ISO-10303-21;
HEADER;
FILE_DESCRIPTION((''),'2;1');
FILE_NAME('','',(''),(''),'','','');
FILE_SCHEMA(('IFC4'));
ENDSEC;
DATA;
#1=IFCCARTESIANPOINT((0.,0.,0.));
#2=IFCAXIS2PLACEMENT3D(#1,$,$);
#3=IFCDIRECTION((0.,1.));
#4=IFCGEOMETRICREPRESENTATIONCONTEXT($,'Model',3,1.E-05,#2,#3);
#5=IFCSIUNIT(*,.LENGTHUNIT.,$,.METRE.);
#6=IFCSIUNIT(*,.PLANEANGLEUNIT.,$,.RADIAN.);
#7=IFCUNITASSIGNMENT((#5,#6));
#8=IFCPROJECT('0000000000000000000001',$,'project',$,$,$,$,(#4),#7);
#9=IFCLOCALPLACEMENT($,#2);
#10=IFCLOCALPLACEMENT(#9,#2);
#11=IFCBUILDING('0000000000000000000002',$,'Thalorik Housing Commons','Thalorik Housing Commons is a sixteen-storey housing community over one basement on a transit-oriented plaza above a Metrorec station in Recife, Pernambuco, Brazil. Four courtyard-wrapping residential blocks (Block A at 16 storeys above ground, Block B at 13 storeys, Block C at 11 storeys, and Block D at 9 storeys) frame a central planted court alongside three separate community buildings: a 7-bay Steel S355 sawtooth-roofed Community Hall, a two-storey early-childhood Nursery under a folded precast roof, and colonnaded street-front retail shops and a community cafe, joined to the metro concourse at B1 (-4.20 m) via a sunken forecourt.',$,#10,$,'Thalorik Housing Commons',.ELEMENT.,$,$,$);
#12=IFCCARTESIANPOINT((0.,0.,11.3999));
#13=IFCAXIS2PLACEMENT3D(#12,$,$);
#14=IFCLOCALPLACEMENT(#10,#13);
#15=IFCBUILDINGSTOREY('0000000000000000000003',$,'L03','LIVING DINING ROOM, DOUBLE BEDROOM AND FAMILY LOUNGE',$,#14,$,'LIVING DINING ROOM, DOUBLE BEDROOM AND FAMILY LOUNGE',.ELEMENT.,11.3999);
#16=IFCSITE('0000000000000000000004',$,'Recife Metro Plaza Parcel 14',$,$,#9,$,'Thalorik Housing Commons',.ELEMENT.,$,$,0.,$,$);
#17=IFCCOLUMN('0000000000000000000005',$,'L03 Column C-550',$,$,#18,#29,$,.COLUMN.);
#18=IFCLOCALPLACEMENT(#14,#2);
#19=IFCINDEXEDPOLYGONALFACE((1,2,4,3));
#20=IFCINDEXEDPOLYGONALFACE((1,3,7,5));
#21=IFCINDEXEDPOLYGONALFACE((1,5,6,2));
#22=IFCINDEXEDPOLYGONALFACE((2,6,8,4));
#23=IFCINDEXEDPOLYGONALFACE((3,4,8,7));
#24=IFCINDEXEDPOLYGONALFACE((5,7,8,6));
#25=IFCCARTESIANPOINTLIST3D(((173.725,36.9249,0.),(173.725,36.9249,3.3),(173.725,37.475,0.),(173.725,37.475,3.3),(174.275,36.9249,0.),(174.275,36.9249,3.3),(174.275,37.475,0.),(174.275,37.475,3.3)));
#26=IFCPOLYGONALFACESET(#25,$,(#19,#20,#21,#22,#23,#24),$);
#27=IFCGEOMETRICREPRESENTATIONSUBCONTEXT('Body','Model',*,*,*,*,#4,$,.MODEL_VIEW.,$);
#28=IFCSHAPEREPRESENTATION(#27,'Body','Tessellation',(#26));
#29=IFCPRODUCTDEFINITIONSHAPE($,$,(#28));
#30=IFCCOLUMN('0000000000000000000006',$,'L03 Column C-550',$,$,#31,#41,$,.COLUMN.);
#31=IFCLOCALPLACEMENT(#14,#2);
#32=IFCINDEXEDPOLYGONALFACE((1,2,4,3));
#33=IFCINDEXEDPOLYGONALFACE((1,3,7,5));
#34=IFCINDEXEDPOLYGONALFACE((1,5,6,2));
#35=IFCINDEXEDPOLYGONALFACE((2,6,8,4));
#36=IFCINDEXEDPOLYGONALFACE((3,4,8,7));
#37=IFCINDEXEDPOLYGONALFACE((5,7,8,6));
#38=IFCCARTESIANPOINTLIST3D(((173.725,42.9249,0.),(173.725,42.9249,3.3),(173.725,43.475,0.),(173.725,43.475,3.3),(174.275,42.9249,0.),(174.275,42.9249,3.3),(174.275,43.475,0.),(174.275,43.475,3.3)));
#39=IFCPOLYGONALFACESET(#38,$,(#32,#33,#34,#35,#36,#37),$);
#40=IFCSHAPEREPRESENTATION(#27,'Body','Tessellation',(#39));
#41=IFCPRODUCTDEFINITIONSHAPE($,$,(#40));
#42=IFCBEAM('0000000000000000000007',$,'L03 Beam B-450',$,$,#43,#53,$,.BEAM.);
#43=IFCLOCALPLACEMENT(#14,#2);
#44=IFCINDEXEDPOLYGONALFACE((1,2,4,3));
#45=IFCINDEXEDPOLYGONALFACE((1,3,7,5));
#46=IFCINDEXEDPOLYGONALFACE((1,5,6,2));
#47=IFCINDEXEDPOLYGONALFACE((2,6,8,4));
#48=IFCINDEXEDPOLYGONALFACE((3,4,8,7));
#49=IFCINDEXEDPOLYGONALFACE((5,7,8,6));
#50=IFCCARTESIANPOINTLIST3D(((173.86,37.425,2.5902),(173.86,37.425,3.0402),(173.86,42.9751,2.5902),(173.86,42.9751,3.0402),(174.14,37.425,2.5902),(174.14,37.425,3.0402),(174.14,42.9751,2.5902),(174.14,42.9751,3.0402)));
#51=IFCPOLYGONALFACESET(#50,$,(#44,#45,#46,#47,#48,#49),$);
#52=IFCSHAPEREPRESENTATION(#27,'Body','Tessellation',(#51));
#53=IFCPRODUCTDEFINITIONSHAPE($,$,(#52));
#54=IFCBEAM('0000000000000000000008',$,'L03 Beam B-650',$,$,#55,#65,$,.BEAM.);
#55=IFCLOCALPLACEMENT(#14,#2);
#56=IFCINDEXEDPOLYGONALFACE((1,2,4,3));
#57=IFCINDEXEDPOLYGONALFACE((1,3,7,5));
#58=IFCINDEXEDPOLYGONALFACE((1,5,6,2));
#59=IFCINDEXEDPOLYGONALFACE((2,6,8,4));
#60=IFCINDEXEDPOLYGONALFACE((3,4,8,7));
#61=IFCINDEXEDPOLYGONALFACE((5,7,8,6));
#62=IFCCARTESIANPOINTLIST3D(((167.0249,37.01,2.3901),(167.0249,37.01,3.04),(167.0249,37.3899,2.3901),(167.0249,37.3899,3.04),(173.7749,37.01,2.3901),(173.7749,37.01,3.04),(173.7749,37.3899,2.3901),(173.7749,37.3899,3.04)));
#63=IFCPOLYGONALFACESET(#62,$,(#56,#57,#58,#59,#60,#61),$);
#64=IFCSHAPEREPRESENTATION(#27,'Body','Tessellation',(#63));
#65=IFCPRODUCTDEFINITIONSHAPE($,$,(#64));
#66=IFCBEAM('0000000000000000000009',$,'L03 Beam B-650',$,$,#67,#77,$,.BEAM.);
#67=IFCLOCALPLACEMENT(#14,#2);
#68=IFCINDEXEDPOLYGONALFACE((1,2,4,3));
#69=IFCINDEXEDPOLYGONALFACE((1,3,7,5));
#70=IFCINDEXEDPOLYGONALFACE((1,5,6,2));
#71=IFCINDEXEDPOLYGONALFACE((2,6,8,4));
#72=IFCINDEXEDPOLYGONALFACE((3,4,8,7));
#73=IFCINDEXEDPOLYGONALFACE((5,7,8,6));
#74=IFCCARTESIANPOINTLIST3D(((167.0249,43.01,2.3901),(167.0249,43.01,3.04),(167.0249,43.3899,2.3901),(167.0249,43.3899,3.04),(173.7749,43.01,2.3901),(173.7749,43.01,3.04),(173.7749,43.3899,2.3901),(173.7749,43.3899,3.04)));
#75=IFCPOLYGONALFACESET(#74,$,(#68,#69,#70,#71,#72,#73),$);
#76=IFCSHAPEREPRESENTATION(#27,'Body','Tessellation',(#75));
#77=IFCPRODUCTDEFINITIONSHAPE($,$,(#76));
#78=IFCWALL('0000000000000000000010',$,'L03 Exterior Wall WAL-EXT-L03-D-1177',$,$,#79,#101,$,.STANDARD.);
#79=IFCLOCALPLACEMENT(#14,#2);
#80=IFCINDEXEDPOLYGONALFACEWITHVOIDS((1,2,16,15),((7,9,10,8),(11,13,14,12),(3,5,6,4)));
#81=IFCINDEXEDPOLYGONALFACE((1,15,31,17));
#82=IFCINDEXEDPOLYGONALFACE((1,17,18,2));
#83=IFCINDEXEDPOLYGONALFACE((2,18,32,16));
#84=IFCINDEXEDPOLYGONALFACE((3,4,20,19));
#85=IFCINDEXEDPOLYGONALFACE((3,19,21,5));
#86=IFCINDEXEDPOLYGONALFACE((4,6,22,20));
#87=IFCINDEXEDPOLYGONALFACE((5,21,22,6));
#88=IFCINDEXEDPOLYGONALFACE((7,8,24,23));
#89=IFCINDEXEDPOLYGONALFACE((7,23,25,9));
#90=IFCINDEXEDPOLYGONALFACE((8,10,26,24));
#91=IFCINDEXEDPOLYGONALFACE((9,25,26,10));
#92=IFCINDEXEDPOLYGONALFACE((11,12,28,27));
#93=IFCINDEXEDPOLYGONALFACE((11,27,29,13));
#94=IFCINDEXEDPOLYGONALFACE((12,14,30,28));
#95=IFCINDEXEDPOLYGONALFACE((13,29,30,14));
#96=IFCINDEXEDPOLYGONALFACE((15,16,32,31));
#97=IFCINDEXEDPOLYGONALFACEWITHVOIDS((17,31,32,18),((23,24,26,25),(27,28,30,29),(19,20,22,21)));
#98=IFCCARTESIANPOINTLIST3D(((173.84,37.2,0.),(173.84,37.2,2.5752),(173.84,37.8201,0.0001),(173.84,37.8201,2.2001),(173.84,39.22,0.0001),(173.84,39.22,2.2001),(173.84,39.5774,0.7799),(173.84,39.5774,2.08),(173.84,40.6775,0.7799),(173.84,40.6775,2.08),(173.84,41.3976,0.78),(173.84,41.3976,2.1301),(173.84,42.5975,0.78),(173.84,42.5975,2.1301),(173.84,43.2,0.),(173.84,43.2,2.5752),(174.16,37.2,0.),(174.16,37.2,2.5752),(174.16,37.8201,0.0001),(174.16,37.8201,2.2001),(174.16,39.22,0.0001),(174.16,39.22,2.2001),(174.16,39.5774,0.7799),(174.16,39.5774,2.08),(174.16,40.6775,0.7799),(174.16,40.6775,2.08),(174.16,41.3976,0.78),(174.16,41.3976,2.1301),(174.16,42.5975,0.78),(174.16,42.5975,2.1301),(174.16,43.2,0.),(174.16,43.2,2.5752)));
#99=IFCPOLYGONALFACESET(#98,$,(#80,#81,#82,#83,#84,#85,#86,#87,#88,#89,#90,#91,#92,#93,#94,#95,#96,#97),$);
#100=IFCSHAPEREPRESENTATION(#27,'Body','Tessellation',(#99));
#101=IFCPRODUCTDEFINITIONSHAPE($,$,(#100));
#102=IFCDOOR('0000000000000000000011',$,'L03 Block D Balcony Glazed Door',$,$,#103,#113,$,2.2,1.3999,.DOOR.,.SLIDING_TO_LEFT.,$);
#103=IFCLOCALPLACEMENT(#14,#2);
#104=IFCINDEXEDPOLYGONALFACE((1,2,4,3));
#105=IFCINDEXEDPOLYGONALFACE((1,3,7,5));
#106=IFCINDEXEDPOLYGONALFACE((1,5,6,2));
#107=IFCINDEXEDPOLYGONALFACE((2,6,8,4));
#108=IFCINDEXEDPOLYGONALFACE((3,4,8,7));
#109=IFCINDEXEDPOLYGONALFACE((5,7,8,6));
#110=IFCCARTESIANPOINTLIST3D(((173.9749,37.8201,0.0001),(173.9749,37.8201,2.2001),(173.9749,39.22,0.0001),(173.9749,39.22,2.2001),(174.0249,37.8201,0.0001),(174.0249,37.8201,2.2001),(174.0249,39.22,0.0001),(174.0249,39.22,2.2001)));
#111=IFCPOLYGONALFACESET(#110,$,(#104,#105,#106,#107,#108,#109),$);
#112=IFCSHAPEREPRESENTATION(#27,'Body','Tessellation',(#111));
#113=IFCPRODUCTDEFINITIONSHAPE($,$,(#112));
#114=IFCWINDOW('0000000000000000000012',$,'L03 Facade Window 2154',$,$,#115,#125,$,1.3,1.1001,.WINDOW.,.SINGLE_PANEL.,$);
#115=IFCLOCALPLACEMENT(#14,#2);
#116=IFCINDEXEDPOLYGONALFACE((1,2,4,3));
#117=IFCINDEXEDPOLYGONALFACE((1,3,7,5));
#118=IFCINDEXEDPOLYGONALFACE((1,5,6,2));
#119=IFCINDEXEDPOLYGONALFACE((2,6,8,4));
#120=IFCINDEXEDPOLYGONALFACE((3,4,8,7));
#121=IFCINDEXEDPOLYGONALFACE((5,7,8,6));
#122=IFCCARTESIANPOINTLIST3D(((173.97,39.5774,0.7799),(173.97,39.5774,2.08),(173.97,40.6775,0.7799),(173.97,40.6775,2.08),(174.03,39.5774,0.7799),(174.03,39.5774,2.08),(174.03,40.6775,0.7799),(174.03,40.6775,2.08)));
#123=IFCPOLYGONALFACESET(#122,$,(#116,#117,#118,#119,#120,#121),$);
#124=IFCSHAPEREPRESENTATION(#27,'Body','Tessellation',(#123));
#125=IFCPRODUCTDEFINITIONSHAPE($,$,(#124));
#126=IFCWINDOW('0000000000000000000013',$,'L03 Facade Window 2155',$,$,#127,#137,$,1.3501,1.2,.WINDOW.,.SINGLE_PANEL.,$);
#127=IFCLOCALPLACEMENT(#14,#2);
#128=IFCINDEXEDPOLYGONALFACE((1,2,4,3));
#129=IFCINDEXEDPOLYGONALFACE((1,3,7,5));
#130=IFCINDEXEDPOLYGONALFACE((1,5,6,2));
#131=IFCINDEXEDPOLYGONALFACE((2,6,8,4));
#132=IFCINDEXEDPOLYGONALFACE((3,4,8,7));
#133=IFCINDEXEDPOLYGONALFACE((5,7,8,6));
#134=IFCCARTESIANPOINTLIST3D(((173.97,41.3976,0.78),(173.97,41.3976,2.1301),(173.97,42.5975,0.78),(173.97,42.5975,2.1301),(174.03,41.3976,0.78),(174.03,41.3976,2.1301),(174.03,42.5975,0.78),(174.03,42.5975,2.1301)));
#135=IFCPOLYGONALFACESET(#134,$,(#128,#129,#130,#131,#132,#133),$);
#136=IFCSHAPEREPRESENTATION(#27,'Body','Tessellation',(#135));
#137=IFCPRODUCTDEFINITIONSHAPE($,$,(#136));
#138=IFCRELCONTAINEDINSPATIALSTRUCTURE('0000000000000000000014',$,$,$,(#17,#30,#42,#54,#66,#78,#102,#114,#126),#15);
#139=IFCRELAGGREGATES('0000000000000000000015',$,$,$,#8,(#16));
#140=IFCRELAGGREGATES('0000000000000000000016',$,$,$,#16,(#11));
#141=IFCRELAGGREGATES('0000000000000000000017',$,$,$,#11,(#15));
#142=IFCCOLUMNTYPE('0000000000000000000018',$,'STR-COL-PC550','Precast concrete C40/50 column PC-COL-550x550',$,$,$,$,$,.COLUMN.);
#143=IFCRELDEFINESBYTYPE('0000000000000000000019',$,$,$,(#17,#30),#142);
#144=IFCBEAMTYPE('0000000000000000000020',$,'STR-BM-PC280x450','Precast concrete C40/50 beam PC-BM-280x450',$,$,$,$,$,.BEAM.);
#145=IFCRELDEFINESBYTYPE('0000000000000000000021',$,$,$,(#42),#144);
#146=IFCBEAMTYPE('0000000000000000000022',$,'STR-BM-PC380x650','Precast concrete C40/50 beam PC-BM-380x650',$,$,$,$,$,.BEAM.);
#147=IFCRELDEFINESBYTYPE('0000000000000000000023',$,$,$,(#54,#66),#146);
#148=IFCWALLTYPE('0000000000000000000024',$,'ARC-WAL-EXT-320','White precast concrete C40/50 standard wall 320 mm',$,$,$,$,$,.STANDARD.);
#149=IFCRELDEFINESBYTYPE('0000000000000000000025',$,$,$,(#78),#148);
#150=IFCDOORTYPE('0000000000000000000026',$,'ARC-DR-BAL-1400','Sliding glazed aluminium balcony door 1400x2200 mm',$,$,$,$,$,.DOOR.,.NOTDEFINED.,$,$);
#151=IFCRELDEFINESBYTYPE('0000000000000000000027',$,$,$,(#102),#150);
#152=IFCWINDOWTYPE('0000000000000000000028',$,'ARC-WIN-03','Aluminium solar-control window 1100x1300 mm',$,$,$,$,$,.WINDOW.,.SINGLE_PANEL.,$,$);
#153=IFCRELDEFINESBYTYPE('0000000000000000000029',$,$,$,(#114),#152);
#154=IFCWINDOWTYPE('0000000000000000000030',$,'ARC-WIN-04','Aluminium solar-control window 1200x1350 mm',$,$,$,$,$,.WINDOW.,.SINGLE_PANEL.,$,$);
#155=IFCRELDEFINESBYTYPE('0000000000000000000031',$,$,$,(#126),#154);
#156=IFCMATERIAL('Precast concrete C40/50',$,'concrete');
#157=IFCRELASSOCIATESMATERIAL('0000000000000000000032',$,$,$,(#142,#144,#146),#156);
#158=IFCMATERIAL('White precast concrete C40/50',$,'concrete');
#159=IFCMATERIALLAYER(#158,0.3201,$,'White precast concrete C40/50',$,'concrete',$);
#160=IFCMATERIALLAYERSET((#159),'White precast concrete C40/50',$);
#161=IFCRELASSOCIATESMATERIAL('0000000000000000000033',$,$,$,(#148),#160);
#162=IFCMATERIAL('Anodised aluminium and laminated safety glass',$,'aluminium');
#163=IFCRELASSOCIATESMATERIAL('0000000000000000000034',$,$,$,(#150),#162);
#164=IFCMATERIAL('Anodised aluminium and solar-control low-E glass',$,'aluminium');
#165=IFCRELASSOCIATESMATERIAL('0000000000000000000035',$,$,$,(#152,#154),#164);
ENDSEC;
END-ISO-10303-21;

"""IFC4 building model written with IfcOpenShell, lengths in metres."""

from ifc_helpers import new_model, si_unit, direction, frame, frame_2d, origin, origin_2d, place, context, subcontext, project, spatial, rectangle, extrude, material, layer, layer_set, material_profile, profile_set, type_object, element, fill, save


model = new_model("IFC4")

# Units and contexts
model_context = context("Model", 3, precision=1e-05, world=origin(), true_north=direction((0.0, 1.0)))
body_context = subcontext(model_context, "Body", "Model", "MODEL_VIEW")
ifc_project = project(units=[si_unit("LENGTHUNIT", "METRE"), si_unit("PLANEANGLEUNIT", "RADIAN")], contexts=[model_context])

# Site, building, storey
site_placement = place(None, origin())
site = spatial("IfcSite", under=ifc_project, at=site_placement, Name="Recife Metro Plaza Parcel 14", LongName="Thalorik Housing Commons", CompositionType="ELEMENT", RefElevation=0.0)
building_placement = place(site_placement, origin())
building = spatial("IfcBuilding", under=site, at=building_placement, Name="Thalorik Housing Commons", Description="Thalorik Housing Commons is a sixteen-storey housing community over one basement on a transit-oriented plaza above a Metrorec station in Recife, Pernambuco, Brazil. Four courtyard-wrapping residential blocks (Block A at 16 storeys above ground, Block B at 13 storeys, Block C at 11 storeys, and Block D at 9 storeys) frame a central planted court alongside three separate community buildings: a 7-bay Steel S355 sawtooth-roofed Community Hall, a two-storey early-childhood Nursery under a folded precast roof, and colonnaded street-front retail shops and a community cafe, joined to the metro concourse at B1 (-4.20 m) via a sunken forecourt.", LongName="Thalorik Housing Commons", CompositionType="ELEMENT")
storey_placement = place(building_placement, frame((0.0, 0.0, 11.3999)))
storey = spatial("IfcBuildingStorey", under=building, at=storey_placement, Name="L03", Description="LIVING DINING ROOM, DOUBLE BEDROOM AND FAMILY LOUNGE", LongName="LIVING DINING ROOM, DOUBLE BEDROOM AND FAMILY LOUNGE", CompositionType="ELEMENT", Elevation=11.3999)

# Columns
ifc_material_1 = material(Name="Precast concrete C40/50", Category="concrete")
ifc_material_profile_1 = material_profile(ifc_material_1, rectangle(XDim=0.55, YDim=0.55, at=origin_2d()), Name="PC 550x550", Category="concrete")
ifc_profile_set_1 = profile_set([ifc_material_profile_1], Name="Precast concrete C40/50")
column_type = type_object("IfcColumnType", Name="STR-COL-PC550", Description="Precast concrete C40/50 column PC-COL-550x550", PredefinedType="COLUMN", material=ifc_profile_set_1)
for number, where, z_axis, x_axis, name in (
    (1, (174.0, 37.2, 0.0), (0.0, 0.0, 1.0), (1.0, 0.0, 0.0), "L03 Column C-550"),
    (2, (174.0, 43.2, 0.0), (0.0, 0.0, 1.0), (1.0, 0.0, 0.0), "L03 Column C-550"),
):
    element("IfcColumn", number, at=place(storey_placement, frame(where, z_axis=z_axis, x_axis=x_axis)), inside=storey, type_object=column_type, Name=name, PredefinedType="COLUMN", context=body_context, shape_type="SweptSolid", body=[
        extrude(rectangle(XDim=0.55, YDim=0.55, at=origin_2d()), origin(), (0.0, 0.0, 1.0), 3.3),
    ])

# Beams
ifc_material_profile_2 = material_profile(ifc_material_1, rectangle(XDim=0.28, YDim=0.45, at=origin_2d()), Name="PC 280x450", Category="concrete")
ifc_profile_set_2 = profile_set([ifc_material_profile_2], Name="Precast concrete C40/50")
beam_type_1 = type_object("IfcBeamType", Name="STR-BM-PC280x450", Description="Precast concrete C40/50 beam PC-BM-280x450", PredefinedType="BEAM", material=ifc_profile_set_2)
beam_placement = place(storey_placement, frame((174.0, 37.425, 2.8152), z_axis=(0.0, 1.0, 0.0), x_axis=(-1.0, 0.0, 0.0)))
element("IfcBeam", 3, at=beam_placement, inside=storey, type_object=beam_type_1, Name="L03 Beam B-450", PredefinedType="BEAM", context=body_context, shape_type="SweptSolid", body=[
    extrude(rectangle(XDim=0.28, YDim=0.45, at=origin_2d()), origin(), (0.0, 0.0, 1.0), 5.55),
])
ifc_material_profile_3 = material_profile(ifc_material_1, rectangle(XDim=0.3799, YDim=0.6499, at=origin_2d()), Name="PC 380x650", Category="concrete")
ifc_profile_set_3 = profile_set([ifc_material_profile_3], Name="Precast concrete C40/50")
beam_type_2 = type_object("IfcBeamType", Name="STR-BM-PC380x650", Description="Precast concrete C40/50 beam PC-BM-380x650", PredefinedType="BEAM", material=ifc_profile_set_3)
for number, where, z_axis, x_axis, name in (
    (4, (167.0249, 37.2, 2.7151), (1.0, 0.0, 0.0), (0.0, 1.0, 0.0), "L03 Beam B-650"),
    (5, (167.0249, 43.2, 2.7151), (1.0, 0.0, 0.0), (0.0, 1.0, 0.0), "L03 Beam B-650"),
):
    element("IfcBeam", number, at=place(storey_placement, frame(where, z_axis=z_axis, x_axis=x_axis)), inside=storey, type_object=beam_type_2, Name=name, PredefinedType="BEAM", context=body_context, shape_type="SweptSolid", body=[
        extrude(rectangle(XDim=0.3799, YDim=0.6499, at=origin_2d()), origin(), (0.0, 0.0, 1.0), 6.75),
    ])

# Wall, openings, door, windows
ifc_material_2 = material(Name="White precast concrete C40/50", Category="concrete")
ifc_layer_1 = layer(ifc_material_2, 0.3201, Name="White precast concrete C40/50", Category="concrete")
ifc_layer_set_1 = layer_set([ifc_layer_1], Name="White precast concrete C40/50")
wall_type_1 = type_object("IfcWallType", Name="ARC-WAL-EXT-320", Description="White precast concrete C40/50 standard wall 320 mm", PredefinedType="STANDARD", material=ifc_layer_set_1)
wall_1_placement = place(storey_placement, frame((174.0, 37.2, 0.0), z_axis=(0.0, 0.0, 1.0), x_axis=(0.0, 1.0, 0.0)))
wall_1 = element("IfcWall", 6, at=wall_1_placement, inside=storey, type_object=wall_type_1, Name="L03 Exterior Wall WAL-EXT-L03-D-1177", PredefinedType="STANDARD", context=body_context, shape_type="SweptSolid", body=[
    extrude(rectangle(XDim=6.0, YDim=0.3201, at=frame_2d((3.0, 0.0))), origin(), (0.0, 0.0, 1.0), 2.5752),
])
opening_1_placement = place(wall_1_placement, frame((0.6201, 0.0, 0.0)))
opening_1 = element("IfcOpeningElement", 7, at=opening_1_placement, cuts=wall_1, PredefinedType="OPENING", context=body_context, shape_type="SweptSolid", body=[
    extrude(rectangle(XDim=1.3999, YDim=2.2, at=frame_2d((0.7, 1.1001))), frame((0.0, 0.1699, 0.0), z_axis=(0.0, -1.0, 0.0), x_axis=(1.0, 0.0, 0.0)), (0.0, 0.0, 1.0), 0.3401),
])
opening_2_placement = place(wall_1_placement, frame((2.3774, 0.0, 0.78)))
opening_2 = element("IfcOpeningElement", 8, at=opening_2_placement, cuts=wall_1, PredefinedType="OPENING", context=body_context, shape_type="SweptSolid", body=[
    extrude(rectangle(XDim=1.1001, YDim=1.3, at=frame_2d((0.55, 0.6499))), frame((0.0, 0.1699, 0.0), z_axis=(0.0, -1.0, 0.0), x_axis=(1.0, 0.0, 0.0)), (0.0, 0.0, 1.0), 0.3401),
])
opening_3_placement = place(wall_1_placement, frame((4.1975, 0.0, 0.78)))
opening_3 = element("IfcOpeningElement", 9, at=opening_3_placement, cuts=wall_1, PredefinedType="OPENING", context=body_context, shape_type="SweptSolid", body=[
    extrude(rectangle(XDim=1.2, YDim=1.3501, at=frame_2d((0.6001, 0.675))), frame((0.0, 0.1699, 0.0), z_axis=(0.0, -1.0, 0.0), x_axis=(1.0, 0.0, 0.0)), (0.0, 0.0, 1.0), 0.3401),
])
ifc_material_3 = material(Name="Anodised aluminium and laminated safety glass", Category="aluminium")
door_type_1 = type_object("IfcDoorType", Name="ARC-DR-BAL-1400", Description="Sliding glazed aluminium balcony door 1400x2200 mm", OperationType="NOTDEFINED", PredefinedType="DOOR", material=ifc_material_3)
door_1_placement = place(opening_1_placement, frame((1.3999, 0.0, 0.0), z_axis=(0.0, 0.0, 1.0), x_axis=(-1.0, 0.0, 0.0)))
door_1 = element("IfcDoor", 10, at=door_1_placement, inside=storey, type_object=door_type_1, Name="L03 Block D Balcony Glazed Door", OperationType="SLIDING_TO_LEFT", OverallHeight=2.2, OverallWidth=1.3999, PredefinedType="DOOR", context=body_context, shape_type="SweptSolid", body=[
    extrude(rectangle(XDim=1.3999, YDim=2.2, at=frame_2d((0.7, 1.1001))), frame((0.0, 0.0249, 0.0), z_axis=(0.0, -1.0, 0.0), x_axis=(1.0, 0.0, 0.0)), (0.0, 0.0, 1.0), 0.05),
])
fill(opening_1, door_1)
ifc_material_4 = material(Name="Anodised aluminium and solar-control low-E glass", Category="aluminium")
window_type_1 = type_object("IfcWindowType", Name="ARC-WIN-03", Description="Aluminium solar-control window 1100x1300 mm", PartitioningType="SINGLE_PANEL", PredefinedType="WINDOW", material=ifc_material_4)
window_1_placement = place(opening_2_placement, origin())
window_1 = element("IfcWindow", 11, at=window_1_placement, inside=storey, type_object=window_type_1, Name="L03 Facade Window 2154", OverallHeight=1.3, OverallWidth=1.1001, PartitioningType="SINGLE_PANEL", PredefinedType="WINDOW", context=body_context, shape_type="SweptSolid", body=[
    extrude(rectangle(XDim=1.1001, YDim=1.3, at=frame_2d((0.55, 0.6499))), frame((0.0, 0.03, 0.0), z_axis=(0.0, -1.0, 0.0), x_axis=(1.0, 0.0, 0.0)), (0.0, 0.0, 1.0), 0.0601),
])
fill(opening_2, window_1)
window_type_2 = type_object("IfcWindowType", Name="ARC-WIN-04", Description="Aluminium solar-control window 1200x1350 mm", PartitioningType="SINGLE_PANEL", PredefinedType="WINDOW", material=ifc_material_4)
window_2_placement = place(opening_3_placement, origin())
window_2 = element("IfcWindow", 12, at=window_2_placement, inside=storey, type_object=window_type_2, Name="L03 Facade Window 2155", OverallHeight=1.3501, OverallWidth=1.2, PartitioningType="SINGLE_PANEL", PredefinedType="WINDOW", context=body_context, shape_type="SweptSolid", body=[
    extrude(rectangle(XDim=1.2, YDim=1.3501, at=frame_2d((0.6001, 0.675))), frame((0.0, 0.03, 0.0), z_axis=(0.0, -1.0, 0.0), x_axis=(1.0, 0.0, 0.0)), (0.0, 0.0, 1.0), 0.0601),
])
fill(opening_3, window_2)

save(model, "model.ifc")
